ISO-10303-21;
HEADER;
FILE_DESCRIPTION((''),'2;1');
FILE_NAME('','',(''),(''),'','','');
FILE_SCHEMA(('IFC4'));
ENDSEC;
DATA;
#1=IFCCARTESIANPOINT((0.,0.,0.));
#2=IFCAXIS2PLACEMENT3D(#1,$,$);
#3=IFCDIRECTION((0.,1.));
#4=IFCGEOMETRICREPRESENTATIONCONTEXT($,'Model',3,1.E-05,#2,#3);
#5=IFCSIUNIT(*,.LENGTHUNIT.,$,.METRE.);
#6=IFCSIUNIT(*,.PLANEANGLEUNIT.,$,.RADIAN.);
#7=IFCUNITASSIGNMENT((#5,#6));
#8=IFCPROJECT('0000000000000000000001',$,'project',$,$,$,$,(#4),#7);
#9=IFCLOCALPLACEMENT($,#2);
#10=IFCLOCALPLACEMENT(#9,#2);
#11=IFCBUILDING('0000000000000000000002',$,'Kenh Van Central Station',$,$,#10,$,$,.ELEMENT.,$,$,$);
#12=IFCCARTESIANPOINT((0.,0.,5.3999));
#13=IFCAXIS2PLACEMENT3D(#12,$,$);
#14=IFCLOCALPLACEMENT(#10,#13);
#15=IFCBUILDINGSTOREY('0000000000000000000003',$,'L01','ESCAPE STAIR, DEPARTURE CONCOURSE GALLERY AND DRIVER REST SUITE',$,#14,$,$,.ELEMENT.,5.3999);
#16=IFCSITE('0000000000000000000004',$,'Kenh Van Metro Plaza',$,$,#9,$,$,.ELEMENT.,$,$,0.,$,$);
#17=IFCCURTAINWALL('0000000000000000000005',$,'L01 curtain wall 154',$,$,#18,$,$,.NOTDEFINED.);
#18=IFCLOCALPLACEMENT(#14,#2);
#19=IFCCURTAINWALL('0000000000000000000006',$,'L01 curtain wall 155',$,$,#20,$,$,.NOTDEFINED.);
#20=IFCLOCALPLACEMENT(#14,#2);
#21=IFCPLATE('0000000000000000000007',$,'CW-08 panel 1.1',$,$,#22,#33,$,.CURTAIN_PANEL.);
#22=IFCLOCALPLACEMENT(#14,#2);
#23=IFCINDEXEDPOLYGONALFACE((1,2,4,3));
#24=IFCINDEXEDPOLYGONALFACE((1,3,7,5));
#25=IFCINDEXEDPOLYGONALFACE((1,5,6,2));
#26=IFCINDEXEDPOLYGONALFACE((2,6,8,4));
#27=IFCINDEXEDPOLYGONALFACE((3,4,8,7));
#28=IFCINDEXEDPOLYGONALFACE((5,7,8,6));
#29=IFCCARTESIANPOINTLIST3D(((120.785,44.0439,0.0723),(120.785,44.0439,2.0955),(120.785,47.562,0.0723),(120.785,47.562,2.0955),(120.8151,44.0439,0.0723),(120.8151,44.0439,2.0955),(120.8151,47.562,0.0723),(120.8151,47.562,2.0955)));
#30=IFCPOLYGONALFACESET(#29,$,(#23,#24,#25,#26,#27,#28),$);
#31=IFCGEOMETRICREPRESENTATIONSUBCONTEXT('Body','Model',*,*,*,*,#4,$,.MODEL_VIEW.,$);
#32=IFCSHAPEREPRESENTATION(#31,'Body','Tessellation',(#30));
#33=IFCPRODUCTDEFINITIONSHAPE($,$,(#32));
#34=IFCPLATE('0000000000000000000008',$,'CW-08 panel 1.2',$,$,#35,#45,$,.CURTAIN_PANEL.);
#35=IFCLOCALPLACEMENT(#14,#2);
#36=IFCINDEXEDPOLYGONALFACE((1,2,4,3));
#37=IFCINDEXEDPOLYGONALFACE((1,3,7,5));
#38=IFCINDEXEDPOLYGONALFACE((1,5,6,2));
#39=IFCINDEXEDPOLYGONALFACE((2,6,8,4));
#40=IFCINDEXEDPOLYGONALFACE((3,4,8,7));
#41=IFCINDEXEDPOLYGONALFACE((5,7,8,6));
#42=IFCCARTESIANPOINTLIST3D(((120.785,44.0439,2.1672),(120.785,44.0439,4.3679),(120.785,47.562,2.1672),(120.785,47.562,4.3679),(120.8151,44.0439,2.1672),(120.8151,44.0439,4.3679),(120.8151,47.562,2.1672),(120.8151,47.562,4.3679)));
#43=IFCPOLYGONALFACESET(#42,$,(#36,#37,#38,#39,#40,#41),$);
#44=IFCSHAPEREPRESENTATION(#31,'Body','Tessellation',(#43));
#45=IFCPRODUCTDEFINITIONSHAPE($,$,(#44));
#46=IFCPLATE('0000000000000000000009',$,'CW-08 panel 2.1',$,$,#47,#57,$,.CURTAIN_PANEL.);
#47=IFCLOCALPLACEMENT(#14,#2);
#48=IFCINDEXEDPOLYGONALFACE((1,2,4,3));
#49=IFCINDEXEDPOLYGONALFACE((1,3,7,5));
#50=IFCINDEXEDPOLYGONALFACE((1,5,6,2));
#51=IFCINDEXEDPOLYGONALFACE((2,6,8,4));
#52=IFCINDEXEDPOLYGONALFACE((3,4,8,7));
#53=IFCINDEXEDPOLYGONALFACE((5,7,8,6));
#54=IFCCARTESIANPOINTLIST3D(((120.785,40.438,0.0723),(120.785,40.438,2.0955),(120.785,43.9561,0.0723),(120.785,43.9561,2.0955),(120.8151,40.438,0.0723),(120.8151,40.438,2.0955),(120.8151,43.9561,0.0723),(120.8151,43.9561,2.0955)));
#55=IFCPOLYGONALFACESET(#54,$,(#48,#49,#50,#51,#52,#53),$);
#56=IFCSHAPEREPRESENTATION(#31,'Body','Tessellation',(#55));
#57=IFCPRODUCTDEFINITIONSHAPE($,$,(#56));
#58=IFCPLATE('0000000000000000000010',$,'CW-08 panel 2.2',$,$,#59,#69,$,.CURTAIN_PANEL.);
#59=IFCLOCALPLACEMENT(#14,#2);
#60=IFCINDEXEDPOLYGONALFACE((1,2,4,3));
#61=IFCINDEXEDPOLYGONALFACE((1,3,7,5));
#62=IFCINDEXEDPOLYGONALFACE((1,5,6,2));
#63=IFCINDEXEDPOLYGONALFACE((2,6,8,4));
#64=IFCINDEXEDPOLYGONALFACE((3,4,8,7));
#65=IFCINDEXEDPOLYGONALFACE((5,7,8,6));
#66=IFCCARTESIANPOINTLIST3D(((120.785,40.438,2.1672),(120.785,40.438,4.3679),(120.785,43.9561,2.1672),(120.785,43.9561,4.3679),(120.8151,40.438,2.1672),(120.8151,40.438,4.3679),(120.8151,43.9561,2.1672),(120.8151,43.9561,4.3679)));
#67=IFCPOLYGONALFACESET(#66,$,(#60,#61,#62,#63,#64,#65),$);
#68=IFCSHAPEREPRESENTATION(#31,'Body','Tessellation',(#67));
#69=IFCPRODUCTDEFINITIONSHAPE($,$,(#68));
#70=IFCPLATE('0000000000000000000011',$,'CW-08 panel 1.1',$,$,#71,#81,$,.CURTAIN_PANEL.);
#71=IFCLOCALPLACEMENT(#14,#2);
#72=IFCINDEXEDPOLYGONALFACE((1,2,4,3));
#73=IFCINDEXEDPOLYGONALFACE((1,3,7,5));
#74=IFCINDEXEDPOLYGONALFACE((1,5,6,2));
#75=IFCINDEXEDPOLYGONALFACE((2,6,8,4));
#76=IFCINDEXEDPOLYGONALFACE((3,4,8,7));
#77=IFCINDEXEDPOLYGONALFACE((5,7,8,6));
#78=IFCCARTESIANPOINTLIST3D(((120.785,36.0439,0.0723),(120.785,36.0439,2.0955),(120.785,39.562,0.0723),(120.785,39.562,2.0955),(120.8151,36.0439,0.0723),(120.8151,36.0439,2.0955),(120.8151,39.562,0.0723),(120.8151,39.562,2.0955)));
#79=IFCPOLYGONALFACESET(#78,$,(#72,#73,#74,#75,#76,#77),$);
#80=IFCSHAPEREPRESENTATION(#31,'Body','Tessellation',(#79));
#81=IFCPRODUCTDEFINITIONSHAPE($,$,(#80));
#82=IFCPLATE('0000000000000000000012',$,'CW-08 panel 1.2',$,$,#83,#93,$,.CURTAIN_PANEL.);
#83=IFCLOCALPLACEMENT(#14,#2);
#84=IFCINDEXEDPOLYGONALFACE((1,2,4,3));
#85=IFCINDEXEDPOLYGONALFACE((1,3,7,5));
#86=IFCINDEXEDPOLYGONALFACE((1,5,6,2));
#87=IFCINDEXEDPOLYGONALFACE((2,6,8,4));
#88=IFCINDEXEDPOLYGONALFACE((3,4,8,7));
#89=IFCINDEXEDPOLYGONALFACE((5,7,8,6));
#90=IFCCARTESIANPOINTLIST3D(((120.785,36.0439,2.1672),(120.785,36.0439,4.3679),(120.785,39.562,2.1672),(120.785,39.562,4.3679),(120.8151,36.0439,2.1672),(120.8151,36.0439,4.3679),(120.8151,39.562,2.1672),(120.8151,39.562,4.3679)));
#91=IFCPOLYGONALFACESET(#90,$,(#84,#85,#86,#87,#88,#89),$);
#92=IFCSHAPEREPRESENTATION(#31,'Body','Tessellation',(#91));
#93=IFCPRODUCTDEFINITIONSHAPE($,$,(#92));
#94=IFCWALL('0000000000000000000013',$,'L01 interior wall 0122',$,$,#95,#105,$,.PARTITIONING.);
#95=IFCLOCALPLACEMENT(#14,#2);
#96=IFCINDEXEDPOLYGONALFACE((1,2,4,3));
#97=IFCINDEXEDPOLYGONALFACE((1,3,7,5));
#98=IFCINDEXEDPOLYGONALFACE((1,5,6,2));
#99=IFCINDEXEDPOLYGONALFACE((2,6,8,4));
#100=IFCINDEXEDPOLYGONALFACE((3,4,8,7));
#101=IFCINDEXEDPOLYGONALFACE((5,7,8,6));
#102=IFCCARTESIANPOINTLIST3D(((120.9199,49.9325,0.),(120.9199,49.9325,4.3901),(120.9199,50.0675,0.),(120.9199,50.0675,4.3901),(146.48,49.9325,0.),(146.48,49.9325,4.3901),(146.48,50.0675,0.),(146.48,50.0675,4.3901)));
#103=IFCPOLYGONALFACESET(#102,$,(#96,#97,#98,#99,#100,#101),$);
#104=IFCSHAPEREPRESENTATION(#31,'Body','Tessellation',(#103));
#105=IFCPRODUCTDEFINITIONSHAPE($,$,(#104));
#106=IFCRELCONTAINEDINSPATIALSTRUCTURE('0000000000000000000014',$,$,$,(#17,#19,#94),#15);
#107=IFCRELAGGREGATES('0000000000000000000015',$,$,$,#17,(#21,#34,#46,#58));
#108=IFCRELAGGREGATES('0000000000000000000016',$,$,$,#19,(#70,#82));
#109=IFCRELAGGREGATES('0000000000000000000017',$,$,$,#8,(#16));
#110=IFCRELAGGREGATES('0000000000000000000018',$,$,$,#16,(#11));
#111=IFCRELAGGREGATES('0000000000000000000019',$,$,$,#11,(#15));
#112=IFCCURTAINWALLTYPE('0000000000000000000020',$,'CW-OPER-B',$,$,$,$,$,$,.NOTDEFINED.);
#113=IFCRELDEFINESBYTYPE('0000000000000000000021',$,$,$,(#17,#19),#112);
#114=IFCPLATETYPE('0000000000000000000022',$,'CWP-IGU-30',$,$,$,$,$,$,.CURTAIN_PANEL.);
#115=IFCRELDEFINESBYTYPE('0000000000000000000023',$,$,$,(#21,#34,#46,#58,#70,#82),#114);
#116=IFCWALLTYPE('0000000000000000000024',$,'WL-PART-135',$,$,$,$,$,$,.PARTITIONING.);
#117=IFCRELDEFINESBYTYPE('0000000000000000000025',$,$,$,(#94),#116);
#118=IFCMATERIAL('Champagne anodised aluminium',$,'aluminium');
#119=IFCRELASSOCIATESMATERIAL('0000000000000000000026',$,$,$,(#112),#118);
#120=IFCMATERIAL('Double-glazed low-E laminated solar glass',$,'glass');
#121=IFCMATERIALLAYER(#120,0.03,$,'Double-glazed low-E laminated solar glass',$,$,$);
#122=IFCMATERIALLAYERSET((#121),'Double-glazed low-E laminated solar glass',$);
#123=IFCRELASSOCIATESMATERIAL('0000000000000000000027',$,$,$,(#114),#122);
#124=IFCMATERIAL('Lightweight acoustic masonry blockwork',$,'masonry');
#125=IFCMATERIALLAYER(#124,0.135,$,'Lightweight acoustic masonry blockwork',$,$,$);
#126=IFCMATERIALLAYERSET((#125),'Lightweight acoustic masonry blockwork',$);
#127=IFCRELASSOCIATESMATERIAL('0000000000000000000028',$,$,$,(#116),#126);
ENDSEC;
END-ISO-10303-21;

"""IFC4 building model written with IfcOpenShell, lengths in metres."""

from ifc_helpers import new_model, si_unit, direction, frame, frame_2d, origin, origin_2d, place, context, subcontext, project, spatial, rectangle, extrude, material, layer, layer_set, type_object, element, aggregate, save


model = new_model("IFC4")

# Units and contexts
model_context = context("Model", 3, precision=1e-05, world=origin(), true_north=direction((0.0, 1.0)))
body_context = subcontext(model_context, "Body", "Model", "MODEL_VIEW")
ifc_project = project(units=[si_unit("LENGTHUNIT", "METRE"), si_unit("PLANEANGLEUNIT", "RADIAN")], contexts=[model_context])

# Site, building, storey
site_placement = place(None, origin())
site = spatial("IfcSite", under=ifc_project, at=site_placement, Name="Kenh Van Metro Plaza", CompositionType="ELEMENT", RefElevation=0.0)
building_placement = place(site_placement, origin())
building = spatial("IfcBuilding", under=site, at=building_placement, Name="Kenh Van Central Station", CompositionType="ELEMENT")
storey_placement = place(building_placement, frame((0.0, 0.0, 5.3999)))
storey = spatial("IfcBuildingStorey", under=building, at=storey_placement, Name="L01", Description="ESCAPE STAIR, DEPARTURE CONCOURSE GALLERY AND DRIVER REST SUITE", CompositionType="ELEMENT", Elevation=5.3999)

# Shared definitions
ifc_material_1 = material(Name="Champagne anodised aluminium", Category="aluminium")
curtain_wall_type_1 = type_object("IfcCurtainWallType", Name="CW-OPER-B", PredefinedType="NOTDEFINED", material=ifc_material_1)

# Curtain walls
curtain_wall_1_placement = place(storey_placement, origin())
curtain_wall_1 = element("IfcCurtainWall", 1, at=curtain_wall_1_placement, inside=storey, type_object=curtain_wall_type_1, Name="L01 curtain wall 154", PredefinedType="NOTDEFINED")
curtain_wall_2_placement = place(storey_placement, origin())
curtain_wall_2 = element("IfcCurtainWall", 2, at=curtain_wall_2_placement, inside=storey, type_object=curtain_wall_type_1, Name="L01 curtain wall 155", PredefinedType="NOTDEFINED")

# Plates
ifc_material_2 = material(Name="Double-glazed low-E laminated solar glass", Category="glass")
ifc_layer_1 = layer(ifc_material_2, 0.03, Name="Double-glazed low-E laminated solar glass")
ifc_layer_set_1 = layer_set([ifc_layer_1], Name="Double-glazed low-E laminated solar glass")
plate_type_1 = type_object("IfcPlateType", Name="CWP-IGU-30", PredefinedType="CURTAIN_PANEL", material=ifc_layer_set_1)
plate_1_placement = place(storey_placement, frame((120.8, 45.803, 0.0723), z_axis=(0.0, 0.0, 1.0), x_axis=(0.0, -1.0, 0.0)))
plate_1 = element("IfcPlate", 3, at=plate_1_placement, type_object=plate_type_1, Name="CW-08 panel 1.1", PredefinedType="CURTAIN_PANEL", context=body_context, shape_type="SweptSolid", body=[
    extrude(rectangle(XDim=3.5181, YDim=0.03, at=origin_2d()), origin(), (0.0, 0.0, 1.0), 2.0232),
])
plate_2_placement = place(storey_placement, frame((120.8, 45.803, 2.1672), z_axis=(0.0, 0.0, 1.0), x_axis=(0.0, -1.0, 0.0)))
plate_2 = element("IfcPlate", 4, at=plate_2_placement, type_object=plate_type_1, Name="CW-08 panel 1.2", PredefinedType="CURTAIN_PANEL", context=body_context, shape_type="SweptSolid", body=[
    extrude(rectangle(XDim=3.5181, YDim=0.03, at=origin_2d()), origin(), (0.0, 0.0, 1.0), 2.2007),
])
plate_3_placement = place(storey_placement, frame((120.8, 42.197, 0.0723), z_axis=(0.0, 0.0, 1.0), x_axis=(0.0, -1.0, 0.0)))
plate_3 = element("IfcPlate", 5, at=plate_3_placement, type_object=plate_type_1, Name="CW-08 panel 2.1", PredefinedType="CURTAIN_PANEL", context=body_context, shape_type="SweptSolid", body=[
    extrude(rectangle(XDim=3.5181, YDim=0.03, at=origin_2d()), origin(), (0.0, 0.0, 1.0), 2.0232),
])
plate_4_placement = place(storey_placement, frame((120.8, 42.197, 2.1672), z_axis=(0.0, 0.0, 1.0), x_axis=(0.0, -1.0, 0.0)))
plate_4 = element("IfcPlate", 6, at=plate_4_placement, type_object=plate_type_1, Name="CW-08 panel 2.2", PredefinedType="CURTAIN_PANEL", context=body_context, shape_type="SweptSolid", body=[
    extrude(rectangle(XDim=3.5181, YDim=0.03, at=origin_2d()), origin(), (0.0, 0.0, 1.0), 2.2007),
])
aggregate(curtain_wall_1, [plate_1, plate_2, plate_3, plate_4])
plate_5_placement = place(storey_placement, frame((120.8, 37.803, 0.0723), z_axis=(0.0, 0.0, 1.0), x_axis=(0.0, -1.0, 0.0)))
plate_5 = element("IfcPlate", 7, at=plate_5_placement, type_object=plate_type_1, Name="CW-08 panel 1.1", PredefinedType="CURTAIN_PANEL", context=body_context, shape_type="SweptSolid", body=[
    extrude(rectangle(XDim=3.5181, YDim=0.03, at=origin_2d()), origin(), (0.0, 0.0, 1.0), 2.0232),
])
plate_6_placement = place(storey_placement, frame((120.8, 37.803, 2.1672), z_axis=(0.0, 0.0, 1.0), x_axis=(0.0, -1.0, 0.0)))
plate_6 = element("IfcPlate", 8, at=plate_6_placement, type_object=plate_type_1, Name="CW-08 panel 1.2", PredefinedType="CURTAIN_PANEL", context=body_context, shape_type="SweptSolid", body=[
    extrude(rectangle(XDim=3.5181, YDim=0.03, at=origin_2d()), origin(), (0.0, 0.0, 1.0), 2.2007),
])
aggregate(curtain_wall_2, [plate_5, plate_6])

# Wall
ifc_material_3 = material(Name="Lightweight acoustic masonry blockwork", Category="masonry")
ifc_layer_2 = layer(ifc_material_3, 0.135, Name="Lightweight acoustic masonry blockwork")
ifc_layer_set_2 = layer_set([ifc_layer_2], Name="Lightweight acoustic masonry blockwork")
wall_type = type_object("IfcWallType", Name="WL-PART-135", PredefinedType="PARTITIONING", material=ifc_layer_set_2)
wall_placement = place(storey_placement, frame((120.9199, 50.0, 0.0), z_axis=(0.0, 0.0, 1.0), x_axis=(1.0, 0.0, 0.0)))
element("IfcWall", 9, at=wall_placement, inside=storey, type_object=wall_type, Name="L01 interior wall 0122", PredefinedType="PARTITIONING", context=body_context, shape_type="SweptSolid", body=[
    extrude(rectangle(XDim=25.5601, YDim=0.135, at=frame_2d((12.78, 0.0))), origin(), (0.0, 0.0, 1.0), 4.3901),
])

save(model, "model.ifc")
